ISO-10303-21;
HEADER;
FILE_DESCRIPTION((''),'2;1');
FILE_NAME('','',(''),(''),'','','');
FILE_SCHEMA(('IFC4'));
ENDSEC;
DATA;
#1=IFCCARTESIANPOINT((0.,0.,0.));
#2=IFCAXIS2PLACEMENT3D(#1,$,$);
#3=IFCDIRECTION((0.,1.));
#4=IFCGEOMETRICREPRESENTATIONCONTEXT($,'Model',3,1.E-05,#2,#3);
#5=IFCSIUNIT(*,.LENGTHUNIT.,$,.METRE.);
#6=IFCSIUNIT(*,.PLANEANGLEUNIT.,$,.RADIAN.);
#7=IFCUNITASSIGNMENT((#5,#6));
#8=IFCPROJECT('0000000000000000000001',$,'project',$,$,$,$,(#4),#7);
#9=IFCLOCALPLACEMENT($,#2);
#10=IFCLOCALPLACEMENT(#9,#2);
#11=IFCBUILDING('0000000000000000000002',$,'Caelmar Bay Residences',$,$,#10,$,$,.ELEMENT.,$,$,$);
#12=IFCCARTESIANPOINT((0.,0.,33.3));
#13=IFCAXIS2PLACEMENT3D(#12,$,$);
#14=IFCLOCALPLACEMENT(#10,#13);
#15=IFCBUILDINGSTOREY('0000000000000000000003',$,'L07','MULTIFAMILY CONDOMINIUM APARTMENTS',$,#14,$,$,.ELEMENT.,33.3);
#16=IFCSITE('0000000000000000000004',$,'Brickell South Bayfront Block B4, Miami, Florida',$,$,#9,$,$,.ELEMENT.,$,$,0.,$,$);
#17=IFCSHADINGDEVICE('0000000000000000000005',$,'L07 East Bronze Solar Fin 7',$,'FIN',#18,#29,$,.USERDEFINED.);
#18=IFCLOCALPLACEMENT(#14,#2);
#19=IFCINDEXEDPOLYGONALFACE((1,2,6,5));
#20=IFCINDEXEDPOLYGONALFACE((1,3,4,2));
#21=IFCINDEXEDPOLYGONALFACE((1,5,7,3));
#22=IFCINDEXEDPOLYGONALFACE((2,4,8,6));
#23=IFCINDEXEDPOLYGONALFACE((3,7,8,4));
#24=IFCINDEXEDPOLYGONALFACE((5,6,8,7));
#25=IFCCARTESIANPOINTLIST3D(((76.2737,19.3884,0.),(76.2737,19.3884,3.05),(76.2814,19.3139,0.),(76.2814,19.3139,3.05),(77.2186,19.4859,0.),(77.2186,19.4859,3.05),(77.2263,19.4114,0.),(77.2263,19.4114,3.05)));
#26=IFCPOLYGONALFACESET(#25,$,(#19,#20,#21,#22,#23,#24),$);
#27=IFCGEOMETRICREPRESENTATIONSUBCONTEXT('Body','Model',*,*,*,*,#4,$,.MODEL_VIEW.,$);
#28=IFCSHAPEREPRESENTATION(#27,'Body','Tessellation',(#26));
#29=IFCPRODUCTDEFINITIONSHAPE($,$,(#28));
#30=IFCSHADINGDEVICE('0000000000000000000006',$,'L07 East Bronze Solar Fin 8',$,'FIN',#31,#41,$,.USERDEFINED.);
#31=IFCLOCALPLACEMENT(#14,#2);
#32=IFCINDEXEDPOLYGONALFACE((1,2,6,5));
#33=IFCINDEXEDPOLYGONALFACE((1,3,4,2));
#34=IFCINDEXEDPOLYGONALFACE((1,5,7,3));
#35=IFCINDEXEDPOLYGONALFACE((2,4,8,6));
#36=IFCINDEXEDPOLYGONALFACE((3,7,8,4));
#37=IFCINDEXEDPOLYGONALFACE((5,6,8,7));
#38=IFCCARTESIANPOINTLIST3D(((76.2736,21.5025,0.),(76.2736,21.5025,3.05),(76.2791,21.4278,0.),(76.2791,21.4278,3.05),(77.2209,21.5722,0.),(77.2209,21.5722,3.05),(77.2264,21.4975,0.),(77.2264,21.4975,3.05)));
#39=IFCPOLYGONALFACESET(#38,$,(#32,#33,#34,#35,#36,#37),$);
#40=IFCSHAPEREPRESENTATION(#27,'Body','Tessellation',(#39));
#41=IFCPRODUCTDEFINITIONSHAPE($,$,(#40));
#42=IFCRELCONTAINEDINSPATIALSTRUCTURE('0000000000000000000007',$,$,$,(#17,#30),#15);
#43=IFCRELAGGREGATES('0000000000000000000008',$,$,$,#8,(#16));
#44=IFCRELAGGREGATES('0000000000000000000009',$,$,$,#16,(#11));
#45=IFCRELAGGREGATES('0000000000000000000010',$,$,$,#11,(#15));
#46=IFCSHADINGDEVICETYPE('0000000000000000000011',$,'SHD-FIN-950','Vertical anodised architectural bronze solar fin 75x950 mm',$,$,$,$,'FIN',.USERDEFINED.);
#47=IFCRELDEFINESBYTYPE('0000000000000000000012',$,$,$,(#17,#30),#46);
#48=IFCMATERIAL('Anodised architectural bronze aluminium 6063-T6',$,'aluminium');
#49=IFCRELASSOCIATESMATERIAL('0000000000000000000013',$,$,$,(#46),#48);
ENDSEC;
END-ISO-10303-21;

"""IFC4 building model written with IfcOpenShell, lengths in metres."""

from ifc_helpers import new_model, si_unit, direction, frame, origin, origin_2d, place, context, subcontext, project, spatial, rectangle, extrude, material, material_profile, profile_set, type_object, element, save


model = new_model("IFC4")

# Units and contexts
model_context = context("Model", 3, precision=1e-05, world=origin(), true_north=direction((0.0, 1.0)))
body_context = subcontext(model_context, "Body", "Model", "MODEL_VIEW")
ifc_project = project(units=[si_unit("LENGTHUNIT", "METRE"), si_unit("PLANEANGLEUNIT", "RADIAN")], contexts=[model_context])

# Site, building, storey
site_placement = place(None, origin())
site = spatial("IfcSite", under=ifc_project, at=site_placement, Name="Brickell South Bayfront Block B4, Miami, Florida", CompositionType="ELEMENT", RefElevation=0.0)
building_placement = place(site_placement, origin())
building = spatial("IfcBuilding", under=site, at=building_placement, Name="Caelmar Bay Residences", CompositionType="ELEMENT")
storey_placement = place(building_placement, frame((0.0, 0.0, 33.3)))
storey = spatial("IfcBuildingStorey", under=building, at=storey_placement, Name="L07", Description="MULTIFAMILY CONDOMINIUM APARTMENTS", CompositionType="ELEMENT", Elevation=33.3)

# Shading devices
ifc_material_1 = material(Name="Anodised architectural bronze aluminium 6063-T6", Category="aluminium")
ifc_material_profile_1 = material_profile(ifc_material_1, rectangle(XDim=0.075, YDim=0.95, at=origin_2d()), Name="BRONZE-FIN-75X950")
ifc_profile_set_1 = profile_set([ifc_material_profile_1], Name="Anodised architectural bronze aluminium 6063-T6")
shading_device_type = type_object("IfcShadingDeviceType", Name="SHD-FIN-950", Description="Vertical anodised architectural bronze solar fin 75x950 mm", ElementType="FIN", PredefinedType="USERDEFINED", material=ifc_profile_set_1)
for number, where, z_axis, x_axis, name in (
    (1, (76.75, 19.3999, 0.0), (0.0, 0.0, 1.0), (-0.102619, 0.994721, 0.0), "L07 East Bronze Solar Fin 7"),
    (2, (76.75, 21.5, 0.0), (0.0, 0.0, 1.0), (-0.073412, 0.997302, 0.0), "L07 East Bronze Solar Fin 8"),
):
    element("IfcShadingDevice", number, at=place(storey_placement, frame(where, z_axis=z_axis, x_axis=x_axis)), inside=storey, type_object=shading_device_type, Name=name, ObjectType="FIN", PredefinedType="USERDEFINED", context=body_context, shape_type="SweptSolid", body=[
        extrude(rectangle(XDim=0.075, YDim=0.95, at=origin_2d()), origin(), (0.0, 0.0, 1.0), 3.05),
    ])

save(model, "model.ifc")
